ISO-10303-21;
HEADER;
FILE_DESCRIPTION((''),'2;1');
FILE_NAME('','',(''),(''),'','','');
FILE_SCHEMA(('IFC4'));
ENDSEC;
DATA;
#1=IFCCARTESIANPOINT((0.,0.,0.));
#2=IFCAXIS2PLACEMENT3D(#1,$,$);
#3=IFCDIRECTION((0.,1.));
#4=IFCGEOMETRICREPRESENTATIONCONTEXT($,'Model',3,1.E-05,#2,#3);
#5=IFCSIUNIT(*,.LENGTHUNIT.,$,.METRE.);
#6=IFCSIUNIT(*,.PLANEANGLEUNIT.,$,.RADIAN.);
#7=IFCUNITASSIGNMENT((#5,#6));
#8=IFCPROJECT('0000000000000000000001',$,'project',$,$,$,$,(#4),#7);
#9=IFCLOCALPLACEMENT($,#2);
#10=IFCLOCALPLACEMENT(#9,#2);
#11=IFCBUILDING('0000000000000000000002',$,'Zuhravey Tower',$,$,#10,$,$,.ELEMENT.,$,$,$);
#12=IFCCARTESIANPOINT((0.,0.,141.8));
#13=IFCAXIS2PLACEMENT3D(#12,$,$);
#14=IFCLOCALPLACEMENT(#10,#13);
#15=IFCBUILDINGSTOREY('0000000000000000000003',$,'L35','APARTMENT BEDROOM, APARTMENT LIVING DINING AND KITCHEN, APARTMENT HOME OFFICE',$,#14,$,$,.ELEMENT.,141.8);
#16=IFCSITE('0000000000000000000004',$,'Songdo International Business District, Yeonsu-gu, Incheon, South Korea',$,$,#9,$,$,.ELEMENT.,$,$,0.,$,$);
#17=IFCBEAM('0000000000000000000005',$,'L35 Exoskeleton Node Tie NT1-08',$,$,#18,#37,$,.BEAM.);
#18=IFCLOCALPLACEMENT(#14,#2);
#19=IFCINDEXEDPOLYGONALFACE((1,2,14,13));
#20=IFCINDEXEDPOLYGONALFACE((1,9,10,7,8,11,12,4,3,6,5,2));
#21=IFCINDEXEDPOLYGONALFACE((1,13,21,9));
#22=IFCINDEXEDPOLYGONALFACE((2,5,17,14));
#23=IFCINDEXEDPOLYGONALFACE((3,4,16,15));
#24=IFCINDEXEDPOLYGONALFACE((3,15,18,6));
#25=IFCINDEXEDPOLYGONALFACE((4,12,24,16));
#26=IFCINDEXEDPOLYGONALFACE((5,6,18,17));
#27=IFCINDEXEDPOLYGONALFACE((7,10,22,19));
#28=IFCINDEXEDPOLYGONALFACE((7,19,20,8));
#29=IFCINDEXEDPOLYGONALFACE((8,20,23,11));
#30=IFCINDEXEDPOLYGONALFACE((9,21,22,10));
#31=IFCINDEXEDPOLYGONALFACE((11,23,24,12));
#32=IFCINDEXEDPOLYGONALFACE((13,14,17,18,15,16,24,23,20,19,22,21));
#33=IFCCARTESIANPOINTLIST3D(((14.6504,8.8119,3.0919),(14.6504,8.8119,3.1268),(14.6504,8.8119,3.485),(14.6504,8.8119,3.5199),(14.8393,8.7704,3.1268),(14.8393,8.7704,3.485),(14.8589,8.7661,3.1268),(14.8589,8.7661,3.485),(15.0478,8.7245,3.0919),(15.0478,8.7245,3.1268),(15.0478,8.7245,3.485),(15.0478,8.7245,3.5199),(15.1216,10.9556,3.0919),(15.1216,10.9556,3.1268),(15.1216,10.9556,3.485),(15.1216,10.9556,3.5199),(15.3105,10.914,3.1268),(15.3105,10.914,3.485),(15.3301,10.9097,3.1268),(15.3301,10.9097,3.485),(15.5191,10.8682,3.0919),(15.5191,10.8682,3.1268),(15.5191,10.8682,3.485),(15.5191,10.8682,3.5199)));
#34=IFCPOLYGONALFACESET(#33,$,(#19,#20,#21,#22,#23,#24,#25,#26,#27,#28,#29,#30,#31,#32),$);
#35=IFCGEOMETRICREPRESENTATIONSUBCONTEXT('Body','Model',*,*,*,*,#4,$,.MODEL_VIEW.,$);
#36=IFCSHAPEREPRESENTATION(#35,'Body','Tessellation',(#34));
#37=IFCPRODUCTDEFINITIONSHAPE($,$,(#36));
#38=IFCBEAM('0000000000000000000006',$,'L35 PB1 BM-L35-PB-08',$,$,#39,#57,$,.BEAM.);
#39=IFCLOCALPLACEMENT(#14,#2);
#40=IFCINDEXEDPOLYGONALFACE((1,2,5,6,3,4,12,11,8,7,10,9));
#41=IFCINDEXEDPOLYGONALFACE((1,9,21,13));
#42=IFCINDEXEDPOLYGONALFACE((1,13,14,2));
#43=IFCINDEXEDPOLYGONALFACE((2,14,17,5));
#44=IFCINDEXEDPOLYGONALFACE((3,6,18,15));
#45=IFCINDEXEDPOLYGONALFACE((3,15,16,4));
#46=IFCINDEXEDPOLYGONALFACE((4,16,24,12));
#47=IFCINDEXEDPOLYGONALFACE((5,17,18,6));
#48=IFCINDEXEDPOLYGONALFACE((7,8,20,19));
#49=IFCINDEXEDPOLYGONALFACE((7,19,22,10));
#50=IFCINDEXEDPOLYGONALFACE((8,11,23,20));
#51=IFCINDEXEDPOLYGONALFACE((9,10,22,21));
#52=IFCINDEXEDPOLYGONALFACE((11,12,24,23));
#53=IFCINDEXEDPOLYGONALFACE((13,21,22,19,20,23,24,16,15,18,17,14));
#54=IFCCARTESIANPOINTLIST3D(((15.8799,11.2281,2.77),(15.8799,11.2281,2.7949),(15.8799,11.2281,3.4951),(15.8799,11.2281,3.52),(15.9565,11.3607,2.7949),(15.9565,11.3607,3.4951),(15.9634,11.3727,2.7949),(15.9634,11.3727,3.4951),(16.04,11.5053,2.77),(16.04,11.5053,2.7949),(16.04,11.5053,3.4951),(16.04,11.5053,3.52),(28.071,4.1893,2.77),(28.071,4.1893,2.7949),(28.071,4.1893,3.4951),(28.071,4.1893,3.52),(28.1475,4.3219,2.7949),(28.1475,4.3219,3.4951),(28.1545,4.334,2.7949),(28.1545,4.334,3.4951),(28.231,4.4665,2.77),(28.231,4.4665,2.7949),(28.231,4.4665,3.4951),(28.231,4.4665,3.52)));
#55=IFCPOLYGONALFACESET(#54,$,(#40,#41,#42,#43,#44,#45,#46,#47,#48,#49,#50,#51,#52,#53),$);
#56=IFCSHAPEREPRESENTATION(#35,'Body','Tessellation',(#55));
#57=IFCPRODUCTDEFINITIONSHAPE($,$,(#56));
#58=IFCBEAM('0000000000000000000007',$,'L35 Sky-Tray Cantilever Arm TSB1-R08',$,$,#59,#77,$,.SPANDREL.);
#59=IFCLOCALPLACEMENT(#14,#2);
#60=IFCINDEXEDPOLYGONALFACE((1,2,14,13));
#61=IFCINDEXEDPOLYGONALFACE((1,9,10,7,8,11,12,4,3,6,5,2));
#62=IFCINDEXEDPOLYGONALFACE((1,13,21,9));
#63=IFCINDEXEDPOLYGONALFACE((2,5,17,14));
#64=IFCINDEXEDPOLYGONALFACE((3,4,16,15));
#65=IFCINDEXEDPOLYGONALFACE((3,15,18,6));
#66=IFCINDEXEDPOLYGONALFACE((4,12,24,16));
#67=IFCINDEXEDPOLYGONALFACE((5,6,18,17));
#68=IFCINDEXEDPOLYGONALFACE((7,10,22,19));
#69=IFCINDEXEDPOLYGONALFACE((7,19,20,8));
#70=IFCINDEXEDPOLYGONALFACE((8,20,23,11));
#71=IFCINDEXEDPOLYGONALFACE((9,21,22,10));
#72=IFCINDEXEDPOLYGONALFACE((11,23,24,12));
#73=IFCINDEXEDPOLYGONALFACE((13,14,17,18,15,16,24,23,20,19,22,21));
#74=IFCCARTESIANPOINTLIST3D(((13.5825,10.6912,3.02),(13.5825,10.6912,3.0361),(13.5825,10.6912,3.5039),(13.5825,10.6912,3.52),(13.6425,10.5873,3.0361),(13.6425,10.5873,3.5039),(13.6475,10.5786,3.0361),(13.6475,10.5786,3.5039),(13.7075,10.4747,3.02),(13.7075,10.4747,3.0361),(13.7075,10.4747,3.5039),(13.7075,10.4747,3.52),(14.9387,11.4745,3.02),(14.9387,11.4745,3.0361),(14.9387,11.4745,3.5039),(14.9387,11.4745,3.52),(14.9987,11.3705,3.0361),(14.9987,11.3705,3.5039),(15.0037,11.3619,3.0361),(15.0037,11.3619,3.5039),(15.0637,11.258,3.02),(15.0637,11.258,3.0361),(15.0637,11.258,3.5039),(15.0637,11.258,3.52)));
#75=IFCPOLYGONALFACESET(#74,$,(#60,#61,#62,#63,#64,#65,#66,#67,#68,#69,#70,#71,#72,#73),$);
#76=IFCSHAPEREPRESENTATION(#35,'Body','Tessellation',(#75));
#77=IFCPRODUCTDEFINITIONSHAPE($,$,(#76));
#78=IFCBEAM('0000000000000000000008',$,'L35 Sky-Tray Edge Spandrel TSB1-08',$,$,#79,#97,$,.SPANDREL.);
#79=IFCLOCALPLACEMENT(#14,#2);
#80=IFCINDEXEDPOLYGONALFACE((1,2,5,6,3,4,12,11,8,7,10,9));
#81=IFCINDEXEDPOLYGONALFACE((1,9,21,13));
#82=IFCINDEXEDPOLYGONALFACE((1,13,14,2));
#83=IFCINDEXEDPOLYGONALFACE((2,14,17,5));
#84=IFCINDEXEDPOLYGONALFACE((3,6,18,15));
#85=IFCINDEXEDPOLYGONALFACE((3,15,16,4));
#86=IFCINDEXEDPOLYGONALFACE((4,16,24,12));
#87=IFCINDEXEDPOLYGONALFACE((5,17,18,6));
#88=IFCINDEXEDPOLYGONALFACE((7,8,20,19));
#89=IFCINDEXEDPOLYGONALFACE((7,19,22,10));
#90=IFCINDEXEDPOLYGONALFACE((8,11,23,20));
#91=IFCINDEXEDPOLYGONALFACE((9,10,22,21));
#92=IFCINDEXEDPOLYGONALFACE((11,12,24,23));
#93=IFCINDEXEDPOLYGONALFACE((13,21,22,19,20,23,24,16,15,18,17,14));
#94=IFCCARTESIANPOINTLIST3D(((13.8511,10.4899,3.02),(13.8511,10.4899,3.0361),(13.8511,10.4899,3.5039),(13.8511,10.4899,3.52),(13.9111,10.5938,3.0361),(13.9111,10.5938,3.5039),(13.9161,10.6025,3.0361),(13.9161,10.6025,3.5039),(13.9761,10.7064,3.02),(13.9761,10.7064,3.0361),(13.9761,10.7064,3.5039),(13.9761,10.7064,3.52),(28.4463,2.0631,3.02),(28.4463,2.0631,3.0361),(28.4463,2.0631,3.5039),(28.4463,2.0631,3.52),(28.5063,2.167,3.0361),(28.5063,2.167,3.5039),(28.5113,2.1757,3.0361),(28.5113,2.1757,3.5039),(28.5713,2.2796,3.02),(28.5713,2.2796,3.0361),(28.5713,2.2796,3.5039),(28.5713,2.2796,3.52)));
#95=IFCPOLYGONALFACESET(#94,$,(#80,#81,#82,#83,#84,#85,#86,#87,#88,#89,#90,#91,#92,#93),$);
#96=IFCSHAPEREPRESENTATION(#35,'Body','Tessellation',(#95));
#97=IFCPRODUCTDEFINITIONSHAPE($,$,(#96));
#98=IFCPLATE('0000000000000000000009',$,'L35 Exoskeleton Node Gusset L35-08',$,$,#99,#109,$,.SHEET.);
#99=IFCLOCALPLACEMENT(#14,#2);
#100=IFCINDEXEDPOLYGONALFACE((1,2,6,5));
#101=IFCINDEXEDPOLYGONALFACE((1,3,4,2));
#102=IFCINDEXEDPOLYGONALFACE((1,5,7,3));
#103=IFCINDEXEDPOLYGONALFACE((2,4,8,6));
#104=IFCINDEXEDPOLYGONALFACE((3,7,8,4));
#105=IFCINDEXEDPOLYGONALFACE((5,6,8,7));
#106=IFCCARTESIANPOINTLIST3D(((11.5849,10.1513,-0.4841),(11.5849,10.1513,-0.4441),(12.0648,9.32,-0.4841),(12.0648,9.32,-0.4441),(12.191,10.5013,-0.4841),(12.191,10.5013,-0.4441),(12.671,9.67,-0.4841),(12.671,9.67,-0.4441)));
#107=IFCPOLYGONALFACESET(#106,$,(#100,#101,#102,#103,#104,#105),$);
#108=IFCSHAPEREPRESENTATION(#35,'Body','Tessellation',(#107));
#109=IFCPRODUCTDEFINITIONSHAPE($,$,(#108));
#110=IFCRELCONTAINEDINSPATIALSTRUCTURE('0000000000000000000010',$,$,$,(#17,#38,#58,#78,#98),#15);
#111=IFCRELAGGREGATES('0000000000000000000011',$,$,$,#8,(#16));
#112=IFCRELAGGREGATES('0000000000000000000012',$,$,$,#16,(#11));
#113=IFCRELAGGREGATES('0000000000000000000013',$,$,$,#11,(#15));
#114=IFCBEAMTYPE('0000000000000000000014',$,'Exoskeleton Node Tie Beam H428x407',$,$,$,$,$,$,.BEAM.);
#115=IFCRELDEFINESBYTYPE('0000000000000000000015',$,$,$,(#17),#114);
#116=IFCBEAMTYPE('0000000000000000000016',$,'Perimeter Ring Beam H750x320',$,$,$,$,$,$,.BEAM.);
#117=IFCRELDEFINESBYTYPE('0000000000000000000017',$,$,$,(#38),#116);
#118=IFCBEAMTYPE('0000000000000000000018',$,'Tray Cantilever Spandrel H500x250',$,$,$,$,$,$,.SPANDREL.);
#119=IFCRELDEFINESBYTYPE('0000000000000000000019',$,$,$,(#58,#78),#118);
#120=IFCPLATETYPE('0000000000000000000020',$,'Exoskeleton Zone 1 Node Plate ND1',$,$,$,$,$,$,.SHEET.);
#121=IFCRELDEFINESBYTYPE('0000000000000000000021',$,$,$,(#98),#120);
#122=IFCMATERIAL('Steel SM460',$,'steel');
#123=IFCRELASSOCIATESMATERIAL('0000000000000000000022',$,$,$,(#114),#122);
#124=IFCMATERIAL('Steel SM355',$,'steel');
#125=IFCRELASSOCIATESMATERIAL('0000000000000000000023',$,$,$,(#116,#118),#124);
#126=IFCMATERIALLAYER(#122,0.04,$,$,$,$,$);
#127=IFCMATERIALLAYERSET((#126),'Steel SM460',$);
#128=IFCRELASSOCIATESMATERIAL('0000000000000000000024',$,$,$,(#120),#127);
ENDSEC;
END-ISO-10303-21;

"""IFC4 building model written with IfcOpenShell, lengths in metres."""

from ifc_helpers import new_model, si_unit, direction, frame, origin, origin_2d, place, context, subcontext, project, spatial, rectangle, i_section, extrude, material, layer, layer_set, material_profile, profile_set, type_object, element, save


model = new_model("IFC4")

# Units and contexts
model_context = context("Model", 3, precision=1e-05, world=origin(), true_north=direction((0.0, 1.0)))
body_context = subcontext(model_context, "Body", "Model", "MODEL_VIEW")
ifc_project = project(units=[si_unit("LENGTHUNIT", "METRE"), si_unit("PLANEANGLEUNIT", "RADIAN")], contexts=[model_context])

# Site, building, storey
site_placement = place(None, origin())
site = spatial("IfcSite", under=ifc_project, at=site_placement, Name="Songdo International Business District, Yeonsu-gu, Incheon, South Korea", CompositionType="ELEMENT", RefElevation=0.0)
building_placement = place(site_placement, origin())
building = spatial("IfcBuilding", under=site, at=building_placement, Name="Zuhravey Tower", CompositionType="ELEMENT")
storey_placement = place(building_placement, frame((0.0, 0.0, 141.8)))
storey = spatial("IfcBuildingStorey", under=building, at=storey_placement, Name="L35", Description="APARTMENT BEDROOM, APARTMENT LIVING DINING AND KITCHEN, APARTMENT HOME OFFICE", CompositionType="ELEMENT", Elevation=141.8)

# Beams
ifc_material_1 = material(Name="Steel SM460", Category="steel")
ifc_material_profile_1 = material_profile(ifc_material_1, i_section(OverallWidth=0.407, OverallDepth=0.428, WebThickness=0.02, FlangeThickness=0.0349, at=origin_2d()), Name="H-428x407x20x35")
ifc_profile_set_1 = profile_set([ifc_material_profile_1], Name="Steel SM460")
beam_type_1 = type_object("IfcBeamType", Name="Exoskeleton Node Tie Beam H428x407", PredefinedType="BEAM", material=ifc_profile_set_1)
beam_1_placement = place(storey_placement, frame((15.3203, 10.9119, 3.3059), z_axis=(-0.214692, -0.976682, 0.0), x_axis=(0.976682, -0.214692, 0.0)))
element("IfcBeam", 1, at=beam_1_placement, inside=storey, type_object=beam_type_1, Name="L35 Exoskeleton Node Tie NT1-08", PredefinedType="BEAM", context=body_context, shape_type="SweptSolid", body=[
    extrude(i_section(OverallWidth=0.407, OverallDepth=0.428, WebThickness=0.02, FlangeThickness=0.0349, at=origin_2d()), origin(), (0.0, 0.0, 1.0), 2.1948),
])
ifc_material_2 = material(Name="Steel SM355", Category="steel")
ifc_material_profile_2 = material_profile(ifc_material_2, i_section(OverallWidth=0.3201, OverallDepth=0.75, WebThickness=0.0139, FlangeThickness=0.0249, at=origin_2d()), Name="H-750x320x14x25")
ifc_profile_set_2 = profile_set([ifc_material_profile_2], Name="Steel SM355")
beam_type_2 = type_object("IfcBeamType", Name="Perimeter Ring Beam H750x320", PredefinedType="BEAM", material=ifc_profile_set_2)
beam_2_placement = place(storey_placement, frame((15.96, 11.3667, 3.145), z_axis=(0.866018, -0.500013, 0.0), x_axis=(0.500013, 0.866018, 0.0)))
element("IfcBeam", 2, at=beam_2_placement, inside=storey, type_object=beam_type_2, Name="L35 PB1 BM-L35-PB-08", PredefinedType="BEAM", context=body_context, shape_type="SweptSolid", body=[
    extrude(i_section(OverallWidth=0.3201, OverallDepth=0.75, WebThickness=0.0139, FlangeThickness=0.0249, at=origin_2d()), origin(), (0.0, 0.0, 1.0), 14.0771),
])
ifc_material_profile_3 = material_profile(ifc_material_2, i_section(OverallWidth=0.25, OverallDepth=0.5, WebThickness=0.01, FlangeThickness=0.0161, at=origin_2d()), Name="H-500x250x10x16")
ifc_profile_set_3 = profile_set([ifc_material_profile_3], Name="Steel SM355")
beam_type_3 = type_object("IfcBeamType", Name="Tray Cantilever Spandrel H500x250", PredefinedType="SPANDREL", material=ifc_profile_set_3)
beam_3_placement = place(storey_placement, frame((15.0012, 11.3662, 3.27), z_axis=(-0.86597, -0.500096, 0.0), x_axis=(0.500096, -0.86597, 0.0)))
element("IfcBeam", 3, at=beam_3_placement, inside=storey, type_object=beam_type_3, Name="L35 Sky-Tray Cantilever Arm TSB1-R08", PredefinedType="SPANDREL", context=body_context, shape_type="SweptSolid", body=[
    extrude(i_section(OverallWidth=0.25, OverallDepth=0.5, WebThickness=0.01, FlangeThickness=0.0161, at=origin_2d()), origin(), (0.0, 0.0, 1.0), 1.5662),
])
beam_4_placement = place(storey_placement, frame((13.9136, 10.5981, 3.27), z_axis=(0.86602, -0.500009, 0.0), x_axis=(0.500009, 0.86602, 0.0)))
element("IfcBeam", 4, at=beam_4_placement, inside=storey, type_object=beam_type_3, Name="L35 Sky-Tray Edge Spandrel TSB1-08", PredefinedType="SPANDREL", context=body_context, shape_type="SweptSolid", body=[
    extrude(i_section(OverallWidth=0.25, OverallDepth=0.5, WebThickness=0.01, FlangeThickness=0.0161, at=origin_2d()), origin(), (0.0, 0.0, 1.0), 16.8533),
])

# Plate
ifc_layer_1 = layer(ifc_material_1, 0.04)
ifc_layer_set_1 = layer_set([ifc_layer_1], Name="Steel SM460")
plate_type_1 = type_object("IfcPlateType", Name="Exoskeleton Zone 1 Node Plate ND1", PredefinedType="SHEET", material=ifc_layer_set_1)
plate_1_placement = place(storey_placement, frame((12.1279, 9.9106, -0.4841), z_axis=(0.0, 0.0, 1.0), x_axis=(0.5, -0.866025, 0.0)))
element("IfcPlate", 5, at=plate_1_placement, inside=storey, type_object=plate_type_1, Name="L35 Exoskeleton Node Gusset L35-08", PredefinedType="SHEET", context=body_context, shape_type="SweptSolid", body=[
    extrude(rectangle(XDim=0.96, YDim=0.7, at=origin_2d()), origin(), (0.0, 0.0, 1.0), 0.04),
])

save(model, "model.ifc")
